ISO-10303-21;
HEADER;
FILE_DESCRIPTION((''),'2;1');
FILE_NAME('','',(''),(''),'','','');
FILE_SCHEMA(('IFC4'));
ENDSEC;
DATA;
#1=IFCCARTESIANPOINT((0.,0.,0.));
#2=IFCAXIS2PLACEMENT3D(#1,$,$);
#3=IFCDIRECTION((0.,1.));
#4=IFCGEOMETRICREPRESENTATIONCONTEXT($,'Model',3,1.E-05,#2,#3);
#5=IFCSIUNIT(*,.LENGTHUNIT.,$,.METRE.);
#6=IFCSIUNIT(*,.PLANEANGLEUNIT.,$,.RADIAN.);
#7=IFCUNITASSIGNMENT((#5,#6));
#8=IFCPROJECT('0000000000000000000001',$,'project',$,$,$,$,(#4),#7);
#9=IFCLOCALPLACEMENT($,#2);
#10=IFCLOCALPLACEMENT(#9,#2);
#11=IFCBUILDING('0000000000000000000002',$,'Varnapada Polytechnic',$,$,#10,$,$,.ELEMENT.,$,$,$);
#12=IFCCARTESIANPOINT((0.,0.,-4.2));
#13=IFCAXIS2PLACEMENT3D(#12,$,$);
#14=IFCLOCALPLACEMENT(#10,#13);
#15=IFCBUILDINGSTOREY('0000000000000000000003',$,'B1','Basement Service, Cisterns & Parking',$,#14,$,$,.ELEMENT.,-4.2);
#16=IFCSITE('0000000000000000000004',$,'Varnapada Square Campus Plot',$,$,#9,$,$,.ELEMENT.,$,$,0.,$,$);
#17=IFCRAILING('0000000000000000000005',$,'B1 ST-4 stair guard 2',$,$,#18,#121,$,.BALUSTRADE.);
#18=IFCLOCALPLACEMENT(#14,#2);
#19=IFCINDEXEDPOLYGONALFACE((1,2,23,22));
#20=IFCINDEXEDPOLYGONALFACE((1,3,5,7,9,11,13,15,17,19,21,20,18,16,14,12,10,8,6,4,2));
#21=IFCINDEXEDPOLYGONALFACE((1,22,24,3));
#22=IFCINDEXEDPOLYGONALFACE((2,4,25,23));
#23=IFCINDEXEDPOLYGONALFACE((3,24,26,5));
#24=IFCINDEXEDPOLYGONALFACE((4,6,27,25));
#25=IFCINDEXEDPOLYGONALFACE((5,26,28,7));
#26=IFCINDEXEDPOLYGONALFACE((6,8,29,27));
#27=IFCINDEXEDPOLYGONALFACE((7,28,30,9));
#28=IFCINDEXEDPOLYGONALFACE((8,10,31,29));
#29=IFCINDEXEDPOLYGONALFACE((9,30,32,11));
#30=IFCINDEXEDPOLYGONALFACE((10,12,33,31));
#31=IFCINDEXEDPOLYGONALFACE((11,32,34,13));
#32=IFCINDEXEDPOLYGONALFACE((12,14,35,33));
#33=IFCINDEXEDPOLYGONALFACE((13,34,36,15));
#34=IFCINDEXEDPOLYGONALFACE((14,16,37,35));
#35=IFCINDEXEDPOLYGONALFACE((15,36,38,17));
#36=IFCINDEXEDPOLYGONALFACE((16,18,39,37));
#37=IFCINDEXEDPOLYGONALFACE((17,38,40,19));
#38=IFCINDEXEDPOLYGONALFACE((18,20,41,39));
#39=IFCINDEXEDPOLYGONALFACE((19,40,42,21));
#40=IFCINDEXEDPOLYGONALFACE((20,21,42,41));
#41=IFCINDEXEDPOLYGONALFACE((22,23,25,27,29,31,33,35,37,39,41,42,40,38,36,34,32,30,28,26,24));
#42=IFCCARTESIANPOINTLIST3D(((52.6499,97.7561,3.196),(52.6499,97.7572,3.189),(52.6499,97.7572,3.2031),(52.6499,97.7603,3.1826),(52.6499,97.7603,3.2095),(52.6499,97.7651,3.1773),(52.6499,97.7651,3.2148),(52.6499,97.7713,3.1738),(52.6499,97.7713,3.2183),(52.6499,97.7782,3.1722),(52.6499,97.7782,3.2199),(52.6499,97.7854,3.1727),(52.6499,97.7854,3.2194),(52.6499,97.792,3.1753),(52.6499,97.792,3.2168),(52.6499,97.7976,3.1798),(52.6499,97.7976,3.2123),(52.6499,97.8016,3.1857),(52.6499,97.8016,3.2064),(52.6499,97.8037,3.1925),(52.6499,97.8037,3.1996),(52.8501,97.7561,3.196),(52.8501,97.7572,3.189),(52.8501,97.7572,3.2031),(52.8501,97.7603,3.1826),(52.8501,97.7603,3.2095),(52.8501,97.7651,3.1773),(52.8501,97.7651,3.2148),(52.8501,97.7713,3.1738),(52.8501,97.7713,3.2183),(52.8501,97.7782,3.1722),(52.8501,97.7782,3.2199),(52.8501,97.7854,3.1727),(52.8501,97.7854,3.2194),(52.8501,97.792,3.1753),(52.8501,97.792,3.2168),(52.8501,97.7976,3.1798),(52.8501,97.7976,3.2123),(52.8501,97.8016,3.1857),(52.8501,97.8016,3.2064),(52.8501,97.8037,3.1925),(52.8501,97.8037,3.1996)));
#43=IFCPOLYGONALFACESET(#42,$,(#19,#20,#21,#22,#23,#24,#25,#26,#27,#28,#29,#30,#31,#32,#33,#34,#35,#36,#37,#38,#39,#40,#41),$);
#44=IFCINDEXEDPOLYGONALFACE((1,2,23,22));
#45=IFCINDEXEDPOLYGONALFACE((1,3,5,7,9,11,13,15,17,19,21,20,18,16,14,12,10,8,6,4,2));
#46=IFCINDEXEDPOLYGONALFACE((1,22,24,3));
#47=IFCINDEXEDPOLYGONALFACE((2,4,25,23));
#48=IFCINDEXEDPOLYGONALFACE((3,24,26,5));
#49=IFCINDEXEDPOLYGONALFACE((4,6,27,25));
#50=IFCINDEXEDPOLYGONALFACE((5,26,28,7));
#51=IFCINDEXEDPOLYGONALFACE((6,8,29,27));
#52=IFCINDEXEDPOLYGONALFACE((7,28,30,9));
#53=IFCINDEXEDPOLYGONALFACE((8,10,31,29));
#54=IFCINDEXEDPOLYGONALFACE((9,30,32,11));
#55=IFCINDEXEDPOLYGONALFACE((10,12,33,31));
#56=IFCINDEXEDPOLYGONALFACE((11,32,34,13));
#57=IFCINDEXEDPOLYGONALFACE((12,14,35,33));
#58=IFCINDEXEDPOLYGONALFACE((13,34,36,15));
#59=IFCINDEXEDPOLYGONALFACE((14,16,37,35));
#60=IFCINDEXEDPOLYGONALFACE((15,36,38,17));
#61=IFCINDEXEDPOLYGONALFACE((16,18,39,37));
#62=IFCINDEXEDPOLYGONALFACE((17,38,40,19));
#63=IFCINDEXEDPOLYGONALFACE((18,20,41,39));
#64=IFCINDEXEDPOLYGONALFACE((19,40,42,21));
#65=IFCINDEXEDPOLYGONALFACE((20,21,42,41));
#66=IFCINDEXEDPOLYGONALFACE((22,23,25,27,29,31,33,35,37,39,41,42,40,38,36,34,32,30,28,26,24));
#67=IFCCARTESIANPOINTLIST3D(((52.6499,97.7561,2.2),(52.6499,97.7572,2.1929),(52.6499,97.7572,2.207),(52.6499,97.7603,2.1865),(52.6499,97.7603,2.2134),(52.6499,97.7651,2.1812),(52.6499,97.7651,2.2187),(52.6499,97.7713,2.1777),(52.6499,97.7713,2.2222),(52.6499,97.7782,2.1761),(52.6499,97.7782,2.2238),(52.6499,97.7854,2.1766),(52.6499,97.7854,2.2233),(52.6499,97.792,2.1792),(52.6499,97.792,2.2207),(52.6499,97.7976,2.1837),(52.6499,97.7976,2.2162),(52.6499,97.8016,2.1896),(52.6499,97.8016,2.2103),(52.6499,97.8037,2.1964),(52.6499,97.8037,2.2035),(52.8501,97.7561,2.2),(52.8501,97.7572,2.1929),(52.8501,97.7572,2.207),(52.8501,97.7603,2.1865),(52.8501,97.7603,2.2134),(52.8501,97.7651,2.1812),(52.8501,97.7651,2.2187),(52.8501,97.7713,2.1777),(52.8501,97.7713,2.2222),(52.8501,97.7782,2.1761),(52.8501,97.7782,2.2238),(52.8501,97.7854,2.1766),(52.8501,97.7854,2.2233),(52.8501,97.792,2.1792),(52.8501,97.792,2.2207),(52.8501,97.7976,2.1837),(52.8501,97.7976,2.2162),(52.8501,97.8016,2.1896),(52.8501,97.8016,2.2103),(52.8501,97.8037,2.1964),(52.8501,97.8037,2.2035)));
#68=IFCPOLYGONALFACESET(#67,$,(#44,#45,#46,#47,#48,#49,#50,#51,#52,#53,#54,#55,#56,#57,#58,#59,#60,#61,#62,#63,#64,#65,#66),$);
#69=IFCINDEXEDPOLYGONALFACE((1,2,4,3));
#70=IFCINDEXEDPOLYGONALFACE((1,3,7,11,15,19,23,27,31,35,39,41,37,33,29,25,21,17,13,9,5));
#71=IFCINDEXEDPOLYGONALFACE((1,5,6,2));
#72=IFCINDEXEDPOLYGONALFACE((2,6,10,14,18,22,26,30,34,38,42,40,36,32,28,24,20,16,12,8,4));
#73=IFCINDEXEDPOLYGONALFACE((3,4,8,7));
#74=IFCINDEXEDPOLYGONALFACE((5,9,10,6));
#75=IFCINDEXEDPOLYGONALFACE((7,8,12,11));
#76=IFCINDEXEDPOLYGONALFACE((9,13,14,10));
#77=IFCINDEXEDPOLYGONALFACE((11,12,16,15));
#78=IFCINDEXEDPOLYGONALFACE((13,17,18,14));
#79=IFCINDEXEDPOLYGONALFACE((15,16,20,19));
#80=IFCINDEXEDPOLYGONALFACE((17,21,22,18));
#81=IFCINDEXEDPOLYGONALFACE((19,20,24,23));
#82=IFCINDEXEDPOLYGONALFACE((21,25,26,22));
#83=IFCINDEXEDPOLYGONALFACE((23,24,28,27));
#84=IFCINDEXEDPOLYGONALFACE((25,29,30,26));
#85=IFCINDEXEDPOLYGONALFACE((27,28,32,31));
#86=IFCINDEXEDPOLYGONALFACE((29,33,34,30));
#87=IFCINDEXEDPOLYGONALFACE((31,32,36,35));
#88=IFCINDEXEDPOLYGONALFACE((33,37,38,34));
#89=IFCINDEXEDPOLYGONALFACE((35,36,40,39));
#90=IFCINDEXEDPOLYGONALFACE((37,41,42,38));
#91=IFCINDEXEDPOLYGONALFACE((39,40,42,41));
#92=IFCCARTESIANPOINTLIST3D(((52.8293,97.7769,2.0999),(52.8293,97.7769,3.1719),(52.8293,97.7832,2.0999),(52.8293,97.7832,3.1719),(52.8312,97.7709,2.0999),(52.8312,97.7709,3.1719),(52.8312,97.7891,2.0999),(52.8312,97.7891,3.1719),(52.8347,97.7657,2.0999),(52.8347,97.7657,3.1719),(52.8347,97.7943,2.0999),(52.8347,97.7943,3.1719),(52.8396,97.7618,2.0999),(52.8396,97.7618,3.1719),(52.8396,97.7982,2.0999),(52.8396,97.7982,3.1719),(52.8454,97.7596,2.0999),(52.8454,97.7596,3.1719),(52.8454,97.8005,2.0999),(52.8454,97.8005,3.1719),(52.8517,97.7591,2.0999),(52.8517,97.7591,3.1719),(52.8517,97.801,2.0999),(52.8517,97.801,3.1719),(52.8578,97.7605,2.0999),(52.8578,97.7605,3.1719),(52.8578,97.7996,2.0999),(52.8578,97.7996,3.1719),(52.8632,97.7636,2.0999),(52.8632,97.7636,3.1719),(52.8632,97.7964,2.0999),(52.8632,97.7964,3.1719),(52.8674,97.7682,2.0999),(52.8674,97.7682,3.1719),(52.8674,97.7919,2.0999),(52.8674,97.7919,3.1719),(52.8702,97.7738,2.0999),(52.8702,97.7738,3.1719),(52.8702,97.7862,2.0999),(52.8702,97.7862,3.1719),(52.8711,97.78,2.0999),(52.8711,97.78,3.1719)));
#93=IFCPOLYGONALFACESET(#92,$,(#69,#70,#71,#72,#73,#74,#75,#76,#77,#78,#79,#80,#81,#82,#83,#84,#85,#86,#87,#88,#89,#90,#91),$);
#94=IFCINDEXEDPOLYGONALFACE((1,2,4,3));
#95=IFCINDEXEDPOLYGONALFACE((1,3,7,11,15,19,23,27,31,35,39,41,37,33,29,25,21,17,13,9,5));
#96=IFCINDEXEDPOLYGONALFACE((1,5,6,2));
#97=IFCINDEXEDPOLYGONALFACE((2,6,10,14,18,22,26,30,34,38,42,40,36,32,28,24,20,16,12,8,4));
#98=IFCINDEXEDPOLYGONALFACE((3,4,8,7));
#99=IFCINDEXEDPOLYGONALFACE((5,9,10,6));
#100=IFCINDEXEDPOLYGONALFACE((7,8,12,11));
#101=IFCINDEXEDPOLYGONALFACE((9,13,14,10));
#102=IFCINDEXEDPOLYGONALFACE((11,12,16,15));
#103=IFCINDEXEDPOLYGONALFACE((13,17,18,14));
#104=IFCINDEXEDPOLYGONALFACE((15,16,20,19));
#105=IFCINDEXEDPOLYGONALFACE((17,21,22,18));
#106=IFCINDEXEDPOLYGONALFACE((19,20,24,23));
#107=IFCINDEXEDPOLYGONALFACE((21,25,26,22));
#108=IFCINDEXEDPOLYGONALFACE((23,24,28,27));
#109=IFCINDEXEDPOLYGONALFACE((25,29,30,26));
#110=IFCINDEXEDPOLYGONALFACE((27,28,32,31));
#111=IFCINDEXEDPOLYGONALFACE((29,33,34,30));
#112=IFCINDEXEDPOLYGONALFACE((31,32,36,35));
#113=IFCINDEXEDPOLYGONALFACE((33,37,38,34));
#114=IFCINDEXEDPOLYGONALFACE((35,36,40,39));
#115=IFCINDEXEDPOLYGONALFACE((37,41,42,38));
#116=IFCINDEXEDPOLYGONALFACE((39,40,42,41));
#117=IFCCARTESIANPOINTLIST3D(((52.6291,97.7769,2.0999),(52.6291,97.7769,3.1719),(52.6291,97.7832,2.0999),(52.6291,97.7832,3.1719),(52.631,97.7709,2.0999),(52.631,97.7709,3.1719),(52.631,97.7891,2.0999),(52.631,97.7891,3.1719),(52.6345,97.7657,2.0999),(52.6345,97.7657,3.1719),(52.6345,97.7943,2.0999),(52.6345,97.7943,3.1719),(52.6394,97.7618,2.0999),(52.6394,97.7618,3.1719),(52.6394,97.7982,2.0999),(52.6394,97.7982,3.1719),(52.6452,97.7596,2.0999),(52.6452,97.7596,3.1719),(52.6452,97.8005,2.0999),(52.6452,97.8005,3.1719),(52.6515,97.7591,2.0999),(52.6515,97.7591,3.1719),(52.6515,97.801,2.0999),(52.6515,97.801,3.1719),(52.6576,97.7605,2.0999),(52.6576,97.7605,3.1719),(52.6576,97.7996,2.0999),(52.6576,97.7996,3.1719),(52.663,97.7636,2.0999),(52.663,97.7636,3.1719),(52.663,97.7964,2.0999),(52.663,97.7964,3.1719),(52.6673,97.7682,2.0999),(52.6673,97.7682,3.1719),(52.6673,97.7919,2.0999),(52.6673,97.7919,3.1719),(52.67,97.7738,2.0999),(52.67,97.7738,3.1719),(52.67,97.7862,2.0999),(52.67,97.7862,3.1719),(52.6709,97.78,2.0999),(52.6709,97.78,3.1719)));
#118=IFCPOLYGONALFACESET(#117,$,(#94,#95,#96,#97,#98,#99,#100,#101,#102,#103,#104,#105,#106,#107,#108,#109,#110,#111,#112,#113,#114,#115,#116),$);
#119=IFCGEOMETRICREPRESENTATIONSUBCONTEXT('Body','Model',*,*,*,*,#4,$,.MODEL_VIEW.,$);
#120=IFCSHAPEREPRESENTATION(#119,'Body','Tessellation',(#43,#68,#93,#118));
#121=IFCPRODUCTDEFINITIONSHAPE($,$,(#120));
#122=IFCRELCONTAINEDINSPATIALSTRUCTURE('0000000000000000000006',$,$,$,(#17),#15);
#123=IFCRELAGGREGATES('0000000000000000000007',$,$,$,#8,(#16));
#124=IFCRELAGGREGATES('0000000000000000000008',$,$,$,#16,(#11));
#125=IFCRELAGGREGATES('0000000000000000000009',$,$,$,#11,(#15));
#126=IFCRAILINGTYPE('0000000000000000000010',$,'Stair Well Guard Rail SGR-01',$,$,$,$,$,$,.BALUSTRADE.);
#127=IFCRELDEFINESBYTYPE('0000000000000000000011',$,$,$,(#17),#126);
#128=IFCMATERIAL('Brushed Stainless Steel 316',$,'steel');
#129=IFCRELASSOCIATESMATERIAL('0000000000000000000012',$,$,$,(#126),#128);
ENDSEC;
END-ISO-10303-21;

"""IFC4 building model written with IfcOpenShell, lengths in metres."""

from ifc_helpers import new_model, si_unit, direction, frame, origin, origin_2d, place, context, subcontext, project, spatial, circle, extrude, material, type_object, element, save


model = new_model("IFC4")

# Units and contexts
model_context = context("Model", 3, precision=1e-05, world=origin(), true_north=direction((0.0, 1.0)))
body_context = subcontext(model_context, "Body", "Model", "MODEL_VIEW")
ifc_project = project(units=[si_unit("LENGTHUNIT", "METRE"), si_unit("PLANEANGLEUNIT", "RADIAN")], contexts=[model_context])

# Site, building, storey
site_placement = place(None, origin())
site = spatial("IfcSite", under=ifc_project, at=site_placement, Name="Varnapada Square Campus Plot", CompositionType="ELEMENT", RefElevation=0.0)
building_placement = place(site_placement, origin())
building = spatial("IfcBuilding", under=site, at=building_placement, Name="Varnapada Polytechnic", CompositionType="ELEMENT")
storey_placement = place(building_placement, frame((0.0, 0.0, -4.2)))
storey = spatial("IfcBuildingStorey", under=building, at=storey_placement, Name="B1", Description="Basement Service, Cisterns & Parking", CompositionType="ELEMENT", Elevation=-4.2)

# Shared definitions
ifc_material_1 = material(Name="Brushed Stainless Steel 316", Category="steel")

# Railing
railing_type_1 = type_object("IfcRailingType", Name="Stair Well Guard Rail SGR-01", PredefinedType="BALUSTRADE", material=ifc_material_1)
railing_1_placement = place(storey_placement, frame((52.8501, 97.78, 2.0999)))
element("IfcRailing", 1, at=railing_1_placement, inside=storey, type_object=railing_type_1, Name="B1 ST-4 stair guard 2", PredefinedType="BALUSTRADE", context=body_context, shape_type="SweptSolid", body=[
    extrude(circle(Radius=0.0239, at=origin_2d()), frame((0.0, 0.0, 1.0962), z_axis=(-1.0, 0.0, 0.0), x_axis=(0.0, -1.0, 0.0)), (0.0, 0.0, 1.0), 0.2002),
    extrude(circle(Radius=0.0239, at=origin_2d()), frame((0.0, 0.0, 0.1001), z_axis=(-1.0, 0.0, 0.0), x_axis=(0.0, -1.0, 0.0)), (0.0, 0.0, 1.0), 0.2002),
    extrude(circle(Radius=0.021, at=origin_2d()), origin(), (0.0, 0.0, 1.0), 1.072),
    extrude(circle(Radius=0.021, at=origin_2d()), frame((-0.2002, 0.0, 0.0)), (0.0, 0.0, 1.0), 1.072),
])

save(model, "model.ifc")
